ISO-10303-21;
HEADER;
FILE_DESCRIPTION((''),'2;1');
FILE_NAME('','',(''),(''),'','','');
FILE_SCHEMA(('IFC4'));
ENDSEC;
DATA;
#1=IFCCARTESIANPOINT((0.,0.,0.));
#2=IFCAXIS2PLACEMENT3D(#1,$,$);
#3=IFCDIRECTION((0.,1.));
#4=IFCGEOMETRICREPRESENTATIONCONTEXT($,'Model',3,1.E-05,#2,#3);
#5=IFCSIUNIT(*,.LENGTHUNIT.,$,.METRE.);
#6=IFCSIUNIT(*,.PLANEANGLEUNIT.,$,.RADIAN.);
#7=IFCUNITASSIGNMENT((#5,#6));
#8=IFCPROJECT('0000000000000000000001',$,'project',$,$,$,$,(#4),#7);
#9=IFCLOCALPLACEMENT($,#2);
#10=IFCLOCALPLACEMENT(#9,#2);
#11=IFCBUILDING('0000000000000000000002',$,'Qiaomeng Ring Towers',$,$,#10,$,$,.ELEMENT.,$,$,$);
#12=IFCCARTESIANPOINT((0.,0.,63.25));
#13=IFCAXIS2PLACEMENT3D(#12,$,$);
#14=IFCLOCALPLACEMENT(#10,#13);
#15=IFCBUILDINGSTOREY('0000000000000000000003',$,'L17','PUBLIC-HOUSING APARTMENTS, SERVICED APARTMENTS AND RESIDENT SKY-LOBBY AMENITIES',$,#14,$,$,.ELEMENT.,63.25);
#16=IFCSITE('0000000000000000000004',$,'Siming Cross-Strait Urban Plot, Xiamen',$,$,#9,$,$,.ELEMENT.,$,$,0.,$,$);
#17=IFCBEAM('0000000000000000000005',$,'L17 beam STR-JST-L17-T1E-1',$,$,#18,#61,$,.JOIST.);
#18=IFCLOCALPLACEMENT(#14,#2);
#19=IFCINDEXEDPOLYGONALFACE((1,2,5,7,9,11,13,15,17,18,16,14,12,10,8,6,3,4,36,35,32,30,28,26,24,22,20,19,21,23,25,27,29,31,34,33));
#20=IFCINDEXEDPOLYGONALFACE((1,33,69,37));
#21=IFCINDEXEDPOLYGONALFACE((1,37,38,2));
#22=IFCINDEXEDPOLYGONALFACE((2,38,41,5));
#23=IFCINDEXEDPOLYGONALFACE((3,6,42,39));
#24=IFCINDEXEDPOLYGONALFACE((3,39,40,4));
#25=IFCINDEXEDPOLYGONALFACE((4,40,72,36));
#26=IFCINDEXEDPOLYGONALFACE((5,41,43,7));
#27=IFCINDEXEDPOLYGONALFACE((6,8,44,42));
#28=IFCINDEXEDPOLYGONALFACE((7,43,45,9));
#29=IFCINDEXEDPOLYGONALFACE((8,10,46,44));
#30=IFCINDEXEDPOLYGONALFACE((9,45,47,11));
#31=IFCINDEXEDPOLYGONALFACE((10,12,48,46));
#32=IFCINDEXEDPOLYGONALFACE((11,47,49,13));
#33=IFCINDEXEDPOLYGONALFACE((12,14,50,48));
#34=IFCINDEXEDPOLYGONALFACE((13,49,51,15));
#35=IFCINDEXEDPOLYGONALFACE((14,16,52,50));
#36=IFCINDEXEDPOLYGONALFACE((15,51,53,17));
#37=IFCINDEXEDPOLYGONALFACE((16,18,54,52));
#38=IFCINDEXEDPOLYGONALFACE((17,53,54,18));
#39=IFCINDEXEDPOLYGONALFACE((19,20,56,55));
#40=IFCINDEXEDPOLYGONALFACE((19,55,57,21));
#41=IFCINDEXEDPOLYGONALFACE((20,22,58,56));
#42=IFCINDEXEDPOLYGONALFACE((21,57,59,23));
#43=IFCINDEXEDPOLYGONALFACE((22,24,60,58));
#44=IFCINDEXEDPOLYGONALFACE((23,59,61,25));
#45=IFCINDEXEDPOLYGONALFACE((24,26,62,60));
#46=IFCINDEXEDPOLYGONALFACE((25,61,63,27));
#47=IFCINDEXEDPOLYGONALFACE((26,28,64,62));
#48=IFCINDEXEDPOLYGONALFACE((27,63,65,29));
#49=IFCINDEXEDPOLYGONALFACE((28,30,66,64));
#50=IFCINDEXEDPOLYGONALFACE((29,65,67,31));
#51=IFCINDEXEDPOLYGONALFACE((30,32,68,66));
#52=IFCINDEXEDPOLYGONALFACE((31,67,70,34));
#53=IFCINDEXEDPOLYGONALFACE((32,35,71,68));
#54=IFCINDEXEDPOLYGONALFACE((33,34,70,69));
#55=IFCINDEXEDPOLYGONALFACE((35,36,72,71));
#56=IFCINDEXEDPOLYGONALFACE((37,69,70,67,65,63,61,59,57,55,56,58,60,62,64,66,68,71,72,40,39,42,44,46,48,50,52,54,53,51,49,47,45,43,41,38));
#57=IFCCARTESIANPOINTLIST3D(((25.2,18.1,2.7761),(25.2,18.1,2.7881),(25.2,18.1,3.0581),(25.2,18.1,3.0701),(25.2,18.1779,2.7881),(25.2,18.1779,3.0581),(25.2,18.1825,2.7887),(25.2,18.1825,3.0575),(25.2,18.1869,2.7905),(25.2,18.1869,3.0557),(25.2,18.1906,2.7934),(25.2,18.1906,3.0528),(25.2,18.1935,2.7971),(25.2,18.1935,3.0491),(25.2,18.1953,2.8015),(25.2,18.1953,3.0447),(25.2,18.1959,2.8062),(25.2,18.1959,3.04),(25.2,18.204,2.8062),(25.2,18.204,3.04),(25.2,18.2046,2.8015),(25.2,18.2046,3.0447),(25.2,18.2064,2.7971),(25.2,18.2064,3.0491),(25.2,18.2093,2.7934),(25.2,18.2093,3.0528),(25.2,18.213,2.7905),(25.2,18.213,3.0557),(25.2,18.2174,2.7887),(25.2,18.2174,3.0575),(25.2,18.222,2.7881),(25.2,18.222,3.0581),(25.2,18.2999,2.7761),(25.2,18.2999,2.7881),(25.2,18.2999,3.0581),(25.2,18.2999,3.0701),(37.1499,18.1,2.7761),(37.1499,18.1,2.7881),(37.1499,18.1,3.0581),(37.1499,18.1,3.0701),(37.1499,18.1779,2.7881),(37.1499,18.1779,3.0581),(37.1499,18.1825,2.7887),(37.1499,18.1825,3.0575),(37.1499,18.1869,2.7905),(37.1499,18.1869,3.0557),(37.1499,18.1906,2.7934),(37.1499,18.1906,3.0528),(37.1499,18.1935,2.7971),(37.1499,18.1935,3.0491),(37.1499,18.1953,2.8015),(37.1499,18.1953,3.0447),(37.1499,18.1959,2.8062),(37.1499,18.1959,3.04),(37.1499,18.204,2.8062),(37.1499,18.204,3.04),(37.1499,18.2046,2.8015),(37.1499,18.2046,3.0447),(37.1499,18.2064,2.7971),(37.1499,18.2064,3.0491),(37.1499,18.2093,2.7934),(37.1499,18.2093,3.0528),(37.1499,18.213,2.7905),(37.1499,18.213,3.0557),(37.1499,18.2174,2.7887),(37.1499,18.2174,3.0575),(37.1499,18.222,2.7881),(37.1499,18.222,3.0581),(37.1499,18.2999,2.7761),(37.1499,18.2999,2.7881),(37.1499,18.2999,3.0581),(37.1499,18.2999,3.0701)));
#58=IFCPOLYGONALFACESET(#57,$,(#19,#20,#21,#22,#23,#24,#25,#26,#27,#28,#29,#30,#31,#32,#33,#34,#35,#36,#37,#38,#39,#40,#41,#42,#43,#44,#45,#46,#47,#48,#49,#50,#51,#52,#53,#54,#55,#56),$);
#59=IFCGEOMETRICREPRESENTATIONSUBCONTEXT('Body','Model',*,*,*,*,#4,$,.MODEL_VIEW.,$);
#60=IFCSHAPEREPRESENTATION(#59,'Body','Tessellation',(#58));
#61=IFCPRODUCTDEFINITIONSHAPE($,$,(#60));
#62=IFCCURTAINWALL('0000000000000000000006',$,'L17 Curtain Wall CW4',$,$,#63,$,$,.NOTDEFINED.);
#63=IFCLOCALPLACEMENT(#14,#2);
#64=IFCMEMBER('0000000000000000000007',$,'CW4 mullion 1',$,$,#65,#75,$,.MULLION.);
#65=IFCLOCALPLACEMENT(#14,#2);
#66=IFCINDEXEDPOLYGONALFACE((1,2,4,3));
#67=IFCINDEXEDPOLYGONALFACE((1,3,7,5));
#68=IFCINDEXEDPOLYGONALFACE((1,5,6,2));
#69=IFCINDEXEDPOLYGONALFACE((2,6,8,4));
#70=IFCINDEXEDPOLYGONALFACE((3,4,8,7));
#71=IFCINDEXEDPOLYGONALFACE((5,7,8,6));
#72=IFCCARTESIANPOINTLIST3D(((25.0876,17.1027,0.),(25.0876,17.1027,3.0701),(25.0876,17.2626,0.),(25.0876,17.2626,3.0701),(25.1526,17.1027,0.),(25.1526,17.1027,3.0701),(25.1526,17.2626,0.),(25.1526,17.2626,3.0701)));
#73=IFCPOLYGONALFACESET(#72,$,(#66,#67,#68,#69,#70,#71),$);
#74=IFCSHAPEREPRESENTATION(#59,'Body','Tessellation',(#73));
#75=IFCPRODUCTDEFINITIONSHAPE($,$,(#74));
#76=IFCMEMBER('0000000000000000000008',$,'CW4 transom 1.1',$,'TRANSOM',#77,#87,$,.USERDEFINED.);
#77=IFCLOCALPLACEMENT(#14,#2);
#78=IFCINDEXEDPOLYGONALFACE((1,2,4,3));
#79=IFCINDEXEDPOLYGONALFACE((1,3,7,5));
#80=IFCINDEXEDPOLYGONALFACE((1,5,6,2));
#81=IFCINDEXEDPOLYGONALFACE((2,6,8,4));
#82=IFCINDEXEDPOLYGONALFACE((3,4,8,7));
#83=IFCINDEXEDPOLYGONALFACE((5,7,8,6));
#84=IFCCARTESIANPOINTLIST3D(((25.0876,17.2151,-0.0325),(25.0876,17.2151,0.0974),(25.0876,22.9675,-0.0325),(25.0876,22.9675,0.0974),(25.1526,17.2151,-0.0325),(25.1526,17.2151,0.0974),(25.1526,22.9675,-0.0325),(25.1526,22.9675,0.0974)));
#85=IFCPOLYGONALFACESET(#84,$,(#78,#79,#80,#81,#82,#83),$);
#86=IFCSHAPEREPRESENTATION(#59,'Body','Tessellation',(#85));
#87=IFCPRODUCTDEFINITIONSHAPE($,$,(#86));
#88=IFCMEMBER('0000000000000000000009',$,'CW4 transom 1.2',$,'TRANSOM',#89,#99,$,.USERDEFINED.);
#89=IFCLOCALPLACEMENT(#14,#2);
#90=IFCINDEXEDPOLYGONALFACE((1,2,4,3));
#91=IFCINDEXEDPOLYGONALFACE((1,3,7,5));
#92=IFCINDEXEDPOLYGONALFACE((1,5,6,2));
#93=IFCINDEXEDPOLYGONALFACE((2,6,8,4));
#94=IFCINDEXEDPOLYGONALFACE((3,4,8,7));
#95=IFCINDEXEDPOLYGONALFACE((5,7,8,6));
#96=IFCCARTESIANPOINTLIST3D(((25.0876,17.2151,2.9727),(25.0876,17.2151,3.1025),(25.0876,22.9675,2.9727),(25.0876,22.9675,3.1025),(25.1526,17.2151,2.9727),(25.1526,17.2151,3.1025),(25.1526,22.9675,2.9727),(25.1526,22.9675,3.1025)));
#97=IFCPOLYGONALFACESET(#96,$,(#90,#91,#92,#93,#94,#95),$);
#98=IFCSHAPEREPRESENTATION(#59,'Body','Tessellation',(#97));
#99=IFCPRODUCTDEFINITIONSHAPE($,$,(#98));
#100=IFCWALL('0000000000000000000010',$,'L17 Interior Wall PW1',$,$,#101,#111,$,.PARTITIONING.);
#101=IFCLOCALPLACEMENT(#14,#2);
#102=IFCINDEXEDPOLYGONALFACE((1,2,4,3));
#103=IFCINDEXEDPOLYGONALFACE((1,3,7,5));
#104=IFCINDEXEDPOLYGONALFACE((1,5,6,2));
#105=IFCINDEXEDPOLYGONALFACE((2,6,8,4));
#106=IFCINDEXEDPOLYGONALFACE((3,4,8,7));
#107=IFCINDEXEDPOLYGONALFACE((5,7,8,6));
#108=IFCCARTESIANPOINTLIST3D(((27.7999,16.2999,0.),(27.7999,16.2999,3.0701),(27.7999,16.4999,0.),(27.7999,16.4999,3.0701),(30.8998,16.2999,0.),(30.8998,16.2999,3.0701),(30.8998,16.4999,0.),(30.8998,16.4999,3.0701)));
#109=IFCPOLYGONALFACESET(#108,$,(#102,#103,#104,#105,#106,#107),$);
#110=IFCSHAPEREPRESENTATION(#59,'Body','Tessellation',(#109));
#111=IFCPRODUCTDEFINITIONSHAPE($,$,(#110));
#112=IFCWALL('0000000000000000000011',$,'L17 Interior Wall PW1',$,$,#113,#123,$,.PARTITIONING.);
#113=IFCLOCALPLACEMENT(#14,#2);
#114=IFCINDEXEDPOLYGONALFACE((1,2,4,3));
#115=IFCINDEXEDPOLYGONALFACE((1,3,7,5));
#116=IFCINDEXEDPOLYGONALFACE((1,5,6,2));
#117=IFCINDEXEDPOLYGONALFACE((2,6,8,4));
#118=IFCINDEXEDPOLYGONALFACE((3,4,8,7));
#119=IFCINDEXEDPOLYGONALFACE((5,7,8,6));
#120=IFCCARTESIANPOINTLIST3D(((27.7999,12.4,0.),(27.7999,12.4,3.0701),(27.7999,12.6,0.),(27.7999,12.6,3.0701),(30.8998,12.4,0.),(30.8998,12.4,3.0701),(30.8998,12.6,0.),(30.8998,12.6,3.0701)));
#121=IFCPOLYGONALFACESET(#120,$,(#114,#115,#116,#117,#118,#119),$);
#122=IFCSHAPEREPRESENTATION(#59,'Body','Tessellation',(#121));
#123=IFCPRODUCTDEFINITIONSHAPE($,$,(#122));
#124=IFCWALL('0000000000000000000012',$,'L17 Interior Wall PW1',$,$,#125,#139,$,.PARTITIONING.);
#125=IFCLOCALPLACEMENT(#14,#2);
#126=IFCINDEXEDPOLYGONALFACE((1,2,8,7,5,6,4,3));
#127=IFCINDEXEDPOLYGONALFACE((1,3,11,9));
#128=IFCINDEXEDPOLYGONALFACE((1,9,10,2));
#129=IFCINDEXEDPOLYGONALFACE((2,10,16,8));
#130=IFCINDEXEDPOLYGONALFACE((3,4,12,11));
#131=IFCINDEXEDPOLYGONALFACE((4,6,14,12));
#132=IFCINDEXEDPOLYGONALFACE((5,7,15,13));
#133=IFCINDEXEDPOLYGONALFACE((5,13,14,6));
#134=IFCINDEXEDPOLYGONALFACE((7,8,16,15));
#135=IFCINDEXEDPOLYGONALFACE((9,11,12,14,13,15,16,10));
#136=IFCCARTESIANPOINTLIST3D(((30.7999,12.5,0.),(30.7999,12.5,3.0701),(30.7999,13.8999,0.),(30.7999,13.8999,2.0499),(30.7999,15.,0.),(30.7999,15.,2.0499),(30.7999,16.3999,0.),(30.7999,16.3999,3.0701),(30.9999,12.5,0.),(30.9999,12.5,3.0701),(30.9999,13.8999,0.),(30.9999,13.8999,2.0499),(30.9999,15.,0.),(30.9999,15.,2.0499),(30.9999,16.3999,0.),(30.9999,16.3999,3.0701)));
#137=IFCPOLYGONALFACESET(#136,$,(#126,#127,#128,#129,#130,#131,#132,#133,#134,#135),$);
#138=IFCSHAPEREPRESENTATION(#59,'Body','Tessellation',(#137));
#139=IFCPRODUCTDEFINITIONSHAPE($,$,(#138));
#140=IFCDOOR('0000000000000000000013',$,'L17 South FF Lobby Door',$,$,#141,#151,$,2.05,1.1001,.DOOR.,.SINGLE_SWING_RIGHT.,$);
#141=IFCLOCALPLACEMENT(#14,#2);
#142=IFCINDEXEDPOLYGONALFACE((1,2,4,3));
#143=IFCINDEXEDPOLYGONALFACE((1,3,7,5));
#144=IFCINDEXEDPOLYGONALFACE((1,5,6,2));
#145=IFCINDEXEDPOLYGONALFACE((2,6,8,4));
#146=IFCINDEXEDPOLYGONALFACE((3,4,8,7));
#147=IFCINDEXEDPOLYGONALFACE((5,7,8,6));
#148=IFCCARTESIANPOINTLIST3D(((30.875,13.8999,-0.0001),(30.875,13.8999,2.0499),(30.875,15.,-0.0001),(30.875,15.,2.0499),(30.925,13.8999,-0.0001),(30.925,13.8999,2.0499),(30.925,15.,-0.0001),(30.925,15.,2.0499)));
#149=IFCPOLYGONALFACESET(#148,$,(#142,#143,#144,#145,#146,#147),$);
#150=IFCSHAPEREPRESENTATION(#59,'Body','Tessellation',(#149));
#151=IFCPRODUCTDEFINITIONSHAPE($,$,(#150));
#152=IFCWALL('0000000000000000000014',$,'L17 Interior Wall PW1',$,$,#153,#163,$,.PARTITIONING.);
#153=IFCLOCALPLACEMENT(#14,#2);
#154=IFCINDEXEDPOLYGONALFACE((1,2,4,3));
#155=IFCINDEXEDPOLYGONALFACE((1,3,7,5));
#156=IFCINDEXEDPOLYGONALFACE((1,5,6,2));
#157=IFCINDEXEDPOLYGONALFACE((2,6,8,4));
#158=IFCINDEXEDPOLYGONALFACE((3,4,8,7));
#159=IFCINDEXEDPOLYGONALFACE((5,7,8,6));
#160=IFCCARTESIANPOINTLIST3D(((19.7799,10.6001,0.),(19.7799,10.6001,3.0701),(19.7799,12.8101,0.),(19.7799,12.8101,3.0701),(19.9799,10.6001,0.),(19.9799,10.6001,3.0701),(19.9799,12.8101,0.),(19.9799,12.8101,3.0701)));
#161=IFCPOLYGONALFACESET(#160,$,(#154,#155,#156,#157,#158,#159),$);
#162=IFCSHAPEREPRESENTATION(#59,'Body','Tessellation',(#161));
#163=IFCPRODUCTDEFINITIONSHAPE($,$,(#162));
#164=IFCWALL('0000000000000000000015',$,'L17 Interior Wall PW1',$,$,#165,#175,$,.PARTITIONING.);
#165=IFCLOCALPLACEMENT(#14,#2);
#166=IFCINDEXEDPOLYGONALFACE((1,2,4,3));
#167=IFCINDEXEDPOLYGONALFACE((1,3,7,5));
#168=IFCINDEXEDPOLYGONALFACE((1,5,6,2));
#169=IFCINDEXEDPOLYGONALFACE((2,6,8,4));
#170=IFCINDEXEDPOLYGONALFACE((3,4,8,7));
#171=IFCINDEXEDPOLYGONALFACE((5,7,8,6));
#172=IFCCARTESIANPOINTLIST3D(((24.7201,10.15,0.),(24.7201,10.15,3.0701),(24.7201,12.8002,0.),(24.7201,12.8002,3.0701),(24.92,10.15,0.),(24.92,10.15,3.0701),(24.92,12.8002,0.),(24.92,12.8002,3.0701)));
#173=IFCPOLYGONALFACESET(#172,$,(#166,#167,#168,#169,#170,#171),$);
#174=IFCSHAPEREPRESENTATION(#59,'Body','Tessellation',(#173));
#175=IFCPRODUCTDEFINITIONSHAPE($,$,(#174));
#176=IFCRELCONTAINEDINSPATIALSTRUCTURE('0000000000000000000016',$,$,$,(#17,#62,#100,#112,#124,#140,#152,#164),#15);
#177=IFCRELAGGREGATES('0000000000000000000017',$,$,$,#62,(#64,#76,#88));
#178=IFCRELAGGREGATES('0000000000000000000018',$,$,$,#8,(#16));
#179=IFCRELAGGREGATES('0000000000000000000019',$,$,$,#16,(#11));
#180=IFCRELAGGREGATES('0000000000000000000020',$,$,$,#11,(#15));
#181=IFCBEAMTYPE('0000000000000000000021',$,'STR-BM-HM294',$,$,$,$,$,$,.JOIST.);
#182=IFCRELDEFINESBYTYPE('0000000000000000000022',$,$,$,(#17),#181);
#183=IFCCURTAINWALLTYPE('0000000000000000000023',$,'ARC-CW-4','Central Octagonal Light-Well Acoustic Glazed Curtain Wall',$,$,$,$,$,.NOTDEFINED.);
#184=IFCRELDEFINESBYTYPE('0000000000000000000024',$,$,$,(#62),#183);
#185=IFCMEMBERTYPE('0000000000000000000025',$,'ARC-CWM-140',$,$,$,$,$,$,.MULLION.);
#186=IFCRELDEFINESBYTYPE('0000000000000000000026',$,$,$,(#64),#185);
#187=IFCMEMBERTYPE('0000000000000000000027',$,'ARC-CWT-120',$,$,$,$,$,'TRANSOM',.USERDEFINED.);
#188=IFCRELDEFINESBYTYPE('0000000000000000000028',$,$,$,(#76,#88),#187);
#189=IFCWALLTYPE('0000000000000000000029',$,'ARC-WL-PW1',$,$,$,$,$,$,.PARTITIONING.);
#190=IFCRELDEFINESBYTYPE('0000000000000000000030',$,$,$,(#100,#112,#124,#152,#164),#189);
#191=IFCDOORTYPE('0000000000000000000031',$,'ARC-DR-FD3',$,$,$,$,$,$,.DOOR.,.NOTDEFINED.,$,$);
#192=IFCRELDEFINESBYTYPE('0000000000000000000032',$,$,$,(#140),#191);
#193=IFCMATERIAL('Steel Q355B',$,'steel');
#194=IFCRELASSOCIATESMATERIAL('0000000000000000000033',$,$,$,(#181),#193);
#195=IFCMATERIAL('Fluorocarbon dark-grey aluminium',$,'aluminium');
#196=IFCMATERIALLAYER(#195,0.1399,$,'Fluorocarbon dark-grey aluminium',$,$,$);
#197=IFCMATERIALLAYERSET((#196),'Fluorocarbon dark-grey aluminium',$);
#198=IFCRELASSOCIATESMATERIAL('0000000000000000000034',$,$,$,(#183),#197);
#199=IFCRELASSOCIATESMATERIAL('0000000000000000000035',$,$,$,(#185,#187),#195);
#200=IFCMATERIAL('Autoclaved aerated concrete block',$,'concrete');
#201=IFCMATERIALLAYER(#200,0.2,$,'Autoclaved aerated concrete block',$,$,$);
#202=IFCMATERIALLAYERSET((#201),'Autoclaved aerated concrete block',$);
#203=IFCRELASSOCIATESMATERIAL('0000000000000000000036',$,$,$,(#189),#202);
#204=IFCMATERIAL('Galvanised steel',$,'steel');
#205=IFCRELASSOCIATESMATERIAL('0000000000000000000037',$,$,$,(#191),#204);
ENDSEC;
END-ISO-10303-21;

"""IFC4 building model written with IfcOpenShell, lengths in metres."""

from ifc_helpers import new_model, si_unit, direction, frame, frame_2d, origin, origin_2d, place, context, subcontext, project, spatial, rectangle, i_section, extrude, source, transform, mapped, material, layer, layer_set, material_profile, profile_set, type_object, element, fill, aggregate, save


model = new_model("IFC4")

# Units and contexts
model_context = context("Model", 3, precision=1e-05, world=origin(), true_north=direction((0.0, 1.0)))
body_context = subcontext(model_context, "Body", "Model", "MODEL_VIEW")
ifc_project = project(units=[si_unit("LENGTHUNIT", "METRE"), si_unit("PLANEANGLEUNIT", "RADIAN")], contexts=[model_context])

# Site, building, storey
site_placement = place(None, origin())
site = spatial("IfcSite", under=ifc_project, at=site_placement, Name="Siming Cross-Strait Urban Plot, Xiamen", CompositionType="ELEMENT", RefElevation=0.0)
building_placement = place(site_placement, origin())
building = spatial("IfcBuilding", under=site, at=building_placement, Name="Qiaomeng Ring Towers", CompositionType="ELEMENT")
storey_placement = place(building_placement, frame((0.0, 0.0, 63.25)))
storey = spatial("IfcBuildingStorey", under=building, at=storey_placement, Name="L17", Description="PUBLIC-HOUSING APARTMENTS, SERVICED APARTMENTS AND RESIDENT SKY-LOBBY AMENITIES", CompositionType="ELEMENT", Elevation=63.25)

# Beam
ifc_material_1 = material(Name="Steel Q355B", Category="steel")
ifc_material_profile_1 = material_profile(ifc_material_1, i_section(OverallWidth=0.2, OverallDepth=0.2939, WebThickness=0.0081, FlangeThickness=0.012, FilletRadius=0.0181, at=origin_2d()), Name="HM 294x200x8x12")
ifc_profile_set_1 = profile_set([ifc_material_profile_1], Name="Steel Q355B")
beam_type_1 = type_object("IfcBeamType", Name="STR-BM-HM294", PredefinedType="JOIST", material=ifc_profile_set_1)
shared_shape_1 = source(origin(), body_context, "Body", "SweptSolid", [
    extrude(i_section(OverallWidth=0.2, OverallDepth=0.2939, WebThickness=0.0081, FlangeThickness=0.012, FilletRadius=0.0181, at=origin_2d()), origin(), (0.0, 0.0, 1.0), 11.95),
])
beam_1_placement = place(storey_placement, frame((25.2, 18.2, 2.9231), z_axis=(1.0, 0.0, 0.0), x_axis=(0.0, 1.0, 0.0)))
element("IfcBeam", 1, at=beam_1_placement, inside=storey, type_object=beam_type_1, Name="L17 beam STR-JST-L17-T1E-1", PredefinedType="JOIST", context=body_context, shape_type="MappedRepresentation", body=[
    mapped(shared_shape_1, transform((0.0, 0.0, 0.0), x_axis=(1.0, 0.0, 0.0), y_axis=(0.0, 1.0, 0.0), z_axis=(0.0, 0.0, 1.0), scale=1.0)),
])

# Curtain wall, members
ifc_material_2 = material(Name="Fluorocarbon dark-grey aluminium", Category="aluminium")
ifc_layer_1 = layer(ifc_material_2, 0.1399, Name="Fluorocarbon dark-grey aluminium")
ifc_layer_set_1 = layer_set([ifc_layer_1], Name="Fluorocarbon dark-grey aluminium")
curtain_wall_type = type_object("IfcCurtainWallType", Name="ARC-CW-4", Description="Central Octagonal Light-Well Acoustic Glazed Curtain Wall", PredefinedType="NOTDEFINED", material=ifc_layer_set_1)
curtain_wall_placement = place(storey_placement, origin())
curtain_wall = element("IfcCurtainWall", 2, at=curtain_wall_placement, inside=storey, type_object=curtain_wall_type, Name="L17 Curtain Wall CW4", PredefinedType="NOTDEFINED")
ifc_material_profile_2 = material_profile(ifc_material_2, rectangle(XDim=0.0649, YDim=0.1599, at=origin_2d()), Name="ALU MULL 65x160")
ifc_profile_set_2 = profile_set([ifc_material_profile_2], Name="Fluorocarbon dark-grey aluminium")
member_type_1 = type_object("IfcMemberType", Name="ARC-CWM-140", PredefinedType="MULLION", material=ifc_profile_set_2)
shared_shape_2 = source(origin(), body_context, "Body", "SweptSolid", [
    extrude(rectangle(XDim=0.0649, YDim=0.1599, at=origin_2d()), origin(), (0.0, 0.0, 1.0), 3.0701),
])
member_1_placement = place(storey_placement, frame((25.1201, 17.1826, 0.0), z_axis=(0.0, 0.0, 1.0), x_axis=(-1.0, 0.0, 0.0)))
member_1 = element("IfcMember", 3, at=member_1_placement, type_object=member_type_1, Name="CW4 mullion 1", PredefinedType="MULLION", context=body_context, shape_type="MappedRepresentation", body=[
    mapped(shared_shape_2, transform((0.0, 0.0, 0.0), x_axis=(1.0, 0.0, 0.0), y_axis=(0.0, 1.0, 0.0), z_axis=(0.0, 0.0, 1.0), scale=1.0)),
])
ifc_material_profile_3 = material_profile(ifc_material_2, rectangle(XDim=0.0649, YDim=0.1299, at=origin_2d()), Name="ALU TRAN 65x130")
ifc_profile_set_3 = profile_set([ifc_material_profile_3], Name="Fluorocarbon dark-grey aluminium")
member_type_2 = type_object("IfcMemberType", Name="ARC-CWT-120", ElementType="TRANSOM", PredefinedType="USERDEFINED", material=ifc_profile_set_3)
shared_shape_3 = source(origin(), body_context, "Body", "SweptSolid", [
    extrude(rectangle(XDim=0.0649, YDim=0.1299, at=origin_2d()), origin(), (0.0, 0.0, 1.0), 5.7524),
])
member_2_placement = place(storey_placement, frame((25.1201, 17.2151, 0.0325), z_axis=(0.0, 1.0, 0.0), x_axis=(-1.0, 0.0, 0.0)))
member_2 = element("IfcMember", 4, at=member_2_placement, type_object=member_type_2, Name="CW4 transom 1.1", ObjectType="TRANSOM", PredefinedType="USERDEFINED", context=body_context, shape_type="MappedRepresentation", body=[
    mapped(shared_shape_3, transform((0.0, 0.0, 0.0), x_axis=(1.0, 0.0, 0.0), y_axis=(0.0, 1.0, 0.0), z_axis=(0.0, 0.0, 1.0), scale=1.0)),
])
member_3_placement = place(storey_placement, frame((25.1201, 17.2151, 3.0376), z_axis=(0.0, 1.0, 0.0), x_axis=(-1.0, 0.0, 0.0)))
member_3 = element("IfcMember", 5, at=member_3_placement, type_object=member_type_2, Name="CW4 transom 1.2", ObjectType="TRANSOM", PredefinedType="USERDEFINED", context=body_context, shape_type="MappedRepresentation", body=[
    mapped(shared_shape_3, transform((0.0, 0.0, 0.0), x_axis=(1.0, 0.0, 0.0), y_axis=(0.0, 1.0, 0.0), z_axis=(0.0, 0.0, 1.0), scale=1.0)),
])
aggregate(curtain_wall, [member_1, member_2, member_3])

# Walls
ifc_material_3 = material(Name="Autoclaved aerated concrete block", Category="concrete")
ifc_layer_2 = layer(ifc_material_3, 0.2, Name="Autoclaved aerated concrete block")
ifc_layer_set_2 = layer_set([ifc_layer_2], Name="Autoclaved aerated concrete block")
wall_type_1 = type_object("IfcWallType", Name="ARC-WL-PW1", PredefinedType="PARTITIONING", material=ifc_layer_set_2)
for number, where, z_axis, x_axis, name in (
    (6, (27.8, 16.3999, 0.0), (0.0, 0.0, 1.0), (1.0, 0.0, 0.0), "L17 Interior Wall PW1"),
    (7, (27.8, 12.5, 0.0), (0.0, 0.0, 1.0), (1.0, 0.0, 0.0), "L17 Interior Wall PW1"),
):
    element("IfcWall", number, at=place(storey_placement, frame(where, z_axis=z_axis, x_axis=x_axis)), inside=storey, type_object=wall_type_1, Name=name, PredefinedType="PARTITIONING", context=body_context, shape_type="SweptSolid", body=[
        extrude(rectangle(XDim=3.0999, YDim=0.2, at=frame_2d((1.5498, 0.0))), origin(), (0.0, 0.0, 1.0), 3.0701),
    ])

# Wall, opening, door
wall_1_placement = place(storey_placement, frame((30.8999, 12.5, 0.0), z_axis=(0.0, 0.0, 1.0), x_axis=(0.0, 1.0, 0.0)))
wall_1 = element("IfcWall", 8, at=wall_1_placement, inside=storey, type_object=wall_type_1, Name="L17 Interior Wall PW1", PredefinedType="PARTITIONING", context=body_context, shape_type="SweptSolid", body=[
    extrude(rectangle(XDim=3.8999, YDim=0.2, at=frame_2d((1.95, 0.0))), origin(), (0.0, 0.0, 1.0), 3.0701),
])
opening_1_placement = place(wall_1_placement, frame((1.3999, 0.0, 0.0)))
opening_1 = element("IfcOpeningElement", 9, at=opening_1_placement, cuts=wall_1, PredefinedType="OPENING", context=body_context, shape_type="SweptSolid", body=[
    extrude(rectangle(XDim=1.1001, YDim=2.05, at=frame_2d((0.55, 1.0249))), frame((0.0, 0.1099, 0.0), z_axis=(0.0, -1.0, 0.0), x_axis=(1.0, 0.0, 0.0)), (0.0, 0.0, 1.0), 0.22),
])
ifc_material_4 = material(Name="Galvanised steel", Category="steel")
door_type_1 = type_object("IfcDoorType", Name="ARC-DR-FD3", OperationType="NOTDEFINED", PredefinedType="DOOR", material=ifc_material_4)
shared_shape_4 = source(origin(), body_context, "Body", "SweptSolid", [
    extrude(rectangle(XDim=1.1001, YDim=2.05, at=frame_2d((0.55, 1.0249))), frame((0.0, 0.0249, 0.0), z_axis=(0.0, -1.0, 0.0), x_axis=(1.0, 0.0, 0.0)), (0.0, 0.0, 1.0), 0.05),
])
door_1_placement = place(opening_1_placement, origin())
door_1 = element("IfcDoor", 10, at=door_1_placement, inside=storey, type_object=door_type_1, Name="L17 South FF Lobby Door", OperationType="SINGLE_SWING_RIGHT", OverallHeight=2.05, OverallWidth=1.1001, PredefinedType="DOOR", context=body_context, shape_type="MappedRepresentation", body=[
    mapped(shared_shape_4, transform((0.0, 0.0, 0.0), x_axis=(1.0, 0.0, 0.0), y_axis=(0.0, 1.0, 0.0), z_axis=(0.0, 0.0, 1.0), scale=1.0)),
])
fill(opening_1, door_1)

# Walls
wall_2_placement = place(storey_placement, frame((19.8799, 10.6001, 0.0), z_axis=(0.0, 0.0, 1.0), x_axis=(0.0, 1.0, 0.0)))
element("IfcWall", 11, at=wall_2_placement, inside=storey, type_object=wall_type_1, Name="L17 Interior Wall PW1", PredefinedType="PARTITIONING", context=body_context, shape_type="SweptSolid", body=[
    extrude(rectangle(XDim=2.21, YDim=0.2, at=frame_2d((1.105, 0.0))), origin(), (0.0, 0.0, 1.0), 3.0701),
])
wall_3_placement = place(storey_placement, frame((24.8201, 10.1499, 0.0), z_axis=(0.0, 0.0, 1.0), x_axis=(0.0, 1.0, 0.0)))
element("IfcWall", 12, at=wall_3_placement, inside=storey, type_object=wall_type_1, Name="L17 Interior Wall PW1", PredefinedType="PARTITIONING", context=body_context, shape_type="SweptSolid", body=[
    extrude(rectangle(XDim=2.6501, YDim=0.2, at=frame_2d((1.3252, 0.0))), origin(), (0.0, 0.0, 1.0), 3.0701),
])

save(model, "model.ifc")
